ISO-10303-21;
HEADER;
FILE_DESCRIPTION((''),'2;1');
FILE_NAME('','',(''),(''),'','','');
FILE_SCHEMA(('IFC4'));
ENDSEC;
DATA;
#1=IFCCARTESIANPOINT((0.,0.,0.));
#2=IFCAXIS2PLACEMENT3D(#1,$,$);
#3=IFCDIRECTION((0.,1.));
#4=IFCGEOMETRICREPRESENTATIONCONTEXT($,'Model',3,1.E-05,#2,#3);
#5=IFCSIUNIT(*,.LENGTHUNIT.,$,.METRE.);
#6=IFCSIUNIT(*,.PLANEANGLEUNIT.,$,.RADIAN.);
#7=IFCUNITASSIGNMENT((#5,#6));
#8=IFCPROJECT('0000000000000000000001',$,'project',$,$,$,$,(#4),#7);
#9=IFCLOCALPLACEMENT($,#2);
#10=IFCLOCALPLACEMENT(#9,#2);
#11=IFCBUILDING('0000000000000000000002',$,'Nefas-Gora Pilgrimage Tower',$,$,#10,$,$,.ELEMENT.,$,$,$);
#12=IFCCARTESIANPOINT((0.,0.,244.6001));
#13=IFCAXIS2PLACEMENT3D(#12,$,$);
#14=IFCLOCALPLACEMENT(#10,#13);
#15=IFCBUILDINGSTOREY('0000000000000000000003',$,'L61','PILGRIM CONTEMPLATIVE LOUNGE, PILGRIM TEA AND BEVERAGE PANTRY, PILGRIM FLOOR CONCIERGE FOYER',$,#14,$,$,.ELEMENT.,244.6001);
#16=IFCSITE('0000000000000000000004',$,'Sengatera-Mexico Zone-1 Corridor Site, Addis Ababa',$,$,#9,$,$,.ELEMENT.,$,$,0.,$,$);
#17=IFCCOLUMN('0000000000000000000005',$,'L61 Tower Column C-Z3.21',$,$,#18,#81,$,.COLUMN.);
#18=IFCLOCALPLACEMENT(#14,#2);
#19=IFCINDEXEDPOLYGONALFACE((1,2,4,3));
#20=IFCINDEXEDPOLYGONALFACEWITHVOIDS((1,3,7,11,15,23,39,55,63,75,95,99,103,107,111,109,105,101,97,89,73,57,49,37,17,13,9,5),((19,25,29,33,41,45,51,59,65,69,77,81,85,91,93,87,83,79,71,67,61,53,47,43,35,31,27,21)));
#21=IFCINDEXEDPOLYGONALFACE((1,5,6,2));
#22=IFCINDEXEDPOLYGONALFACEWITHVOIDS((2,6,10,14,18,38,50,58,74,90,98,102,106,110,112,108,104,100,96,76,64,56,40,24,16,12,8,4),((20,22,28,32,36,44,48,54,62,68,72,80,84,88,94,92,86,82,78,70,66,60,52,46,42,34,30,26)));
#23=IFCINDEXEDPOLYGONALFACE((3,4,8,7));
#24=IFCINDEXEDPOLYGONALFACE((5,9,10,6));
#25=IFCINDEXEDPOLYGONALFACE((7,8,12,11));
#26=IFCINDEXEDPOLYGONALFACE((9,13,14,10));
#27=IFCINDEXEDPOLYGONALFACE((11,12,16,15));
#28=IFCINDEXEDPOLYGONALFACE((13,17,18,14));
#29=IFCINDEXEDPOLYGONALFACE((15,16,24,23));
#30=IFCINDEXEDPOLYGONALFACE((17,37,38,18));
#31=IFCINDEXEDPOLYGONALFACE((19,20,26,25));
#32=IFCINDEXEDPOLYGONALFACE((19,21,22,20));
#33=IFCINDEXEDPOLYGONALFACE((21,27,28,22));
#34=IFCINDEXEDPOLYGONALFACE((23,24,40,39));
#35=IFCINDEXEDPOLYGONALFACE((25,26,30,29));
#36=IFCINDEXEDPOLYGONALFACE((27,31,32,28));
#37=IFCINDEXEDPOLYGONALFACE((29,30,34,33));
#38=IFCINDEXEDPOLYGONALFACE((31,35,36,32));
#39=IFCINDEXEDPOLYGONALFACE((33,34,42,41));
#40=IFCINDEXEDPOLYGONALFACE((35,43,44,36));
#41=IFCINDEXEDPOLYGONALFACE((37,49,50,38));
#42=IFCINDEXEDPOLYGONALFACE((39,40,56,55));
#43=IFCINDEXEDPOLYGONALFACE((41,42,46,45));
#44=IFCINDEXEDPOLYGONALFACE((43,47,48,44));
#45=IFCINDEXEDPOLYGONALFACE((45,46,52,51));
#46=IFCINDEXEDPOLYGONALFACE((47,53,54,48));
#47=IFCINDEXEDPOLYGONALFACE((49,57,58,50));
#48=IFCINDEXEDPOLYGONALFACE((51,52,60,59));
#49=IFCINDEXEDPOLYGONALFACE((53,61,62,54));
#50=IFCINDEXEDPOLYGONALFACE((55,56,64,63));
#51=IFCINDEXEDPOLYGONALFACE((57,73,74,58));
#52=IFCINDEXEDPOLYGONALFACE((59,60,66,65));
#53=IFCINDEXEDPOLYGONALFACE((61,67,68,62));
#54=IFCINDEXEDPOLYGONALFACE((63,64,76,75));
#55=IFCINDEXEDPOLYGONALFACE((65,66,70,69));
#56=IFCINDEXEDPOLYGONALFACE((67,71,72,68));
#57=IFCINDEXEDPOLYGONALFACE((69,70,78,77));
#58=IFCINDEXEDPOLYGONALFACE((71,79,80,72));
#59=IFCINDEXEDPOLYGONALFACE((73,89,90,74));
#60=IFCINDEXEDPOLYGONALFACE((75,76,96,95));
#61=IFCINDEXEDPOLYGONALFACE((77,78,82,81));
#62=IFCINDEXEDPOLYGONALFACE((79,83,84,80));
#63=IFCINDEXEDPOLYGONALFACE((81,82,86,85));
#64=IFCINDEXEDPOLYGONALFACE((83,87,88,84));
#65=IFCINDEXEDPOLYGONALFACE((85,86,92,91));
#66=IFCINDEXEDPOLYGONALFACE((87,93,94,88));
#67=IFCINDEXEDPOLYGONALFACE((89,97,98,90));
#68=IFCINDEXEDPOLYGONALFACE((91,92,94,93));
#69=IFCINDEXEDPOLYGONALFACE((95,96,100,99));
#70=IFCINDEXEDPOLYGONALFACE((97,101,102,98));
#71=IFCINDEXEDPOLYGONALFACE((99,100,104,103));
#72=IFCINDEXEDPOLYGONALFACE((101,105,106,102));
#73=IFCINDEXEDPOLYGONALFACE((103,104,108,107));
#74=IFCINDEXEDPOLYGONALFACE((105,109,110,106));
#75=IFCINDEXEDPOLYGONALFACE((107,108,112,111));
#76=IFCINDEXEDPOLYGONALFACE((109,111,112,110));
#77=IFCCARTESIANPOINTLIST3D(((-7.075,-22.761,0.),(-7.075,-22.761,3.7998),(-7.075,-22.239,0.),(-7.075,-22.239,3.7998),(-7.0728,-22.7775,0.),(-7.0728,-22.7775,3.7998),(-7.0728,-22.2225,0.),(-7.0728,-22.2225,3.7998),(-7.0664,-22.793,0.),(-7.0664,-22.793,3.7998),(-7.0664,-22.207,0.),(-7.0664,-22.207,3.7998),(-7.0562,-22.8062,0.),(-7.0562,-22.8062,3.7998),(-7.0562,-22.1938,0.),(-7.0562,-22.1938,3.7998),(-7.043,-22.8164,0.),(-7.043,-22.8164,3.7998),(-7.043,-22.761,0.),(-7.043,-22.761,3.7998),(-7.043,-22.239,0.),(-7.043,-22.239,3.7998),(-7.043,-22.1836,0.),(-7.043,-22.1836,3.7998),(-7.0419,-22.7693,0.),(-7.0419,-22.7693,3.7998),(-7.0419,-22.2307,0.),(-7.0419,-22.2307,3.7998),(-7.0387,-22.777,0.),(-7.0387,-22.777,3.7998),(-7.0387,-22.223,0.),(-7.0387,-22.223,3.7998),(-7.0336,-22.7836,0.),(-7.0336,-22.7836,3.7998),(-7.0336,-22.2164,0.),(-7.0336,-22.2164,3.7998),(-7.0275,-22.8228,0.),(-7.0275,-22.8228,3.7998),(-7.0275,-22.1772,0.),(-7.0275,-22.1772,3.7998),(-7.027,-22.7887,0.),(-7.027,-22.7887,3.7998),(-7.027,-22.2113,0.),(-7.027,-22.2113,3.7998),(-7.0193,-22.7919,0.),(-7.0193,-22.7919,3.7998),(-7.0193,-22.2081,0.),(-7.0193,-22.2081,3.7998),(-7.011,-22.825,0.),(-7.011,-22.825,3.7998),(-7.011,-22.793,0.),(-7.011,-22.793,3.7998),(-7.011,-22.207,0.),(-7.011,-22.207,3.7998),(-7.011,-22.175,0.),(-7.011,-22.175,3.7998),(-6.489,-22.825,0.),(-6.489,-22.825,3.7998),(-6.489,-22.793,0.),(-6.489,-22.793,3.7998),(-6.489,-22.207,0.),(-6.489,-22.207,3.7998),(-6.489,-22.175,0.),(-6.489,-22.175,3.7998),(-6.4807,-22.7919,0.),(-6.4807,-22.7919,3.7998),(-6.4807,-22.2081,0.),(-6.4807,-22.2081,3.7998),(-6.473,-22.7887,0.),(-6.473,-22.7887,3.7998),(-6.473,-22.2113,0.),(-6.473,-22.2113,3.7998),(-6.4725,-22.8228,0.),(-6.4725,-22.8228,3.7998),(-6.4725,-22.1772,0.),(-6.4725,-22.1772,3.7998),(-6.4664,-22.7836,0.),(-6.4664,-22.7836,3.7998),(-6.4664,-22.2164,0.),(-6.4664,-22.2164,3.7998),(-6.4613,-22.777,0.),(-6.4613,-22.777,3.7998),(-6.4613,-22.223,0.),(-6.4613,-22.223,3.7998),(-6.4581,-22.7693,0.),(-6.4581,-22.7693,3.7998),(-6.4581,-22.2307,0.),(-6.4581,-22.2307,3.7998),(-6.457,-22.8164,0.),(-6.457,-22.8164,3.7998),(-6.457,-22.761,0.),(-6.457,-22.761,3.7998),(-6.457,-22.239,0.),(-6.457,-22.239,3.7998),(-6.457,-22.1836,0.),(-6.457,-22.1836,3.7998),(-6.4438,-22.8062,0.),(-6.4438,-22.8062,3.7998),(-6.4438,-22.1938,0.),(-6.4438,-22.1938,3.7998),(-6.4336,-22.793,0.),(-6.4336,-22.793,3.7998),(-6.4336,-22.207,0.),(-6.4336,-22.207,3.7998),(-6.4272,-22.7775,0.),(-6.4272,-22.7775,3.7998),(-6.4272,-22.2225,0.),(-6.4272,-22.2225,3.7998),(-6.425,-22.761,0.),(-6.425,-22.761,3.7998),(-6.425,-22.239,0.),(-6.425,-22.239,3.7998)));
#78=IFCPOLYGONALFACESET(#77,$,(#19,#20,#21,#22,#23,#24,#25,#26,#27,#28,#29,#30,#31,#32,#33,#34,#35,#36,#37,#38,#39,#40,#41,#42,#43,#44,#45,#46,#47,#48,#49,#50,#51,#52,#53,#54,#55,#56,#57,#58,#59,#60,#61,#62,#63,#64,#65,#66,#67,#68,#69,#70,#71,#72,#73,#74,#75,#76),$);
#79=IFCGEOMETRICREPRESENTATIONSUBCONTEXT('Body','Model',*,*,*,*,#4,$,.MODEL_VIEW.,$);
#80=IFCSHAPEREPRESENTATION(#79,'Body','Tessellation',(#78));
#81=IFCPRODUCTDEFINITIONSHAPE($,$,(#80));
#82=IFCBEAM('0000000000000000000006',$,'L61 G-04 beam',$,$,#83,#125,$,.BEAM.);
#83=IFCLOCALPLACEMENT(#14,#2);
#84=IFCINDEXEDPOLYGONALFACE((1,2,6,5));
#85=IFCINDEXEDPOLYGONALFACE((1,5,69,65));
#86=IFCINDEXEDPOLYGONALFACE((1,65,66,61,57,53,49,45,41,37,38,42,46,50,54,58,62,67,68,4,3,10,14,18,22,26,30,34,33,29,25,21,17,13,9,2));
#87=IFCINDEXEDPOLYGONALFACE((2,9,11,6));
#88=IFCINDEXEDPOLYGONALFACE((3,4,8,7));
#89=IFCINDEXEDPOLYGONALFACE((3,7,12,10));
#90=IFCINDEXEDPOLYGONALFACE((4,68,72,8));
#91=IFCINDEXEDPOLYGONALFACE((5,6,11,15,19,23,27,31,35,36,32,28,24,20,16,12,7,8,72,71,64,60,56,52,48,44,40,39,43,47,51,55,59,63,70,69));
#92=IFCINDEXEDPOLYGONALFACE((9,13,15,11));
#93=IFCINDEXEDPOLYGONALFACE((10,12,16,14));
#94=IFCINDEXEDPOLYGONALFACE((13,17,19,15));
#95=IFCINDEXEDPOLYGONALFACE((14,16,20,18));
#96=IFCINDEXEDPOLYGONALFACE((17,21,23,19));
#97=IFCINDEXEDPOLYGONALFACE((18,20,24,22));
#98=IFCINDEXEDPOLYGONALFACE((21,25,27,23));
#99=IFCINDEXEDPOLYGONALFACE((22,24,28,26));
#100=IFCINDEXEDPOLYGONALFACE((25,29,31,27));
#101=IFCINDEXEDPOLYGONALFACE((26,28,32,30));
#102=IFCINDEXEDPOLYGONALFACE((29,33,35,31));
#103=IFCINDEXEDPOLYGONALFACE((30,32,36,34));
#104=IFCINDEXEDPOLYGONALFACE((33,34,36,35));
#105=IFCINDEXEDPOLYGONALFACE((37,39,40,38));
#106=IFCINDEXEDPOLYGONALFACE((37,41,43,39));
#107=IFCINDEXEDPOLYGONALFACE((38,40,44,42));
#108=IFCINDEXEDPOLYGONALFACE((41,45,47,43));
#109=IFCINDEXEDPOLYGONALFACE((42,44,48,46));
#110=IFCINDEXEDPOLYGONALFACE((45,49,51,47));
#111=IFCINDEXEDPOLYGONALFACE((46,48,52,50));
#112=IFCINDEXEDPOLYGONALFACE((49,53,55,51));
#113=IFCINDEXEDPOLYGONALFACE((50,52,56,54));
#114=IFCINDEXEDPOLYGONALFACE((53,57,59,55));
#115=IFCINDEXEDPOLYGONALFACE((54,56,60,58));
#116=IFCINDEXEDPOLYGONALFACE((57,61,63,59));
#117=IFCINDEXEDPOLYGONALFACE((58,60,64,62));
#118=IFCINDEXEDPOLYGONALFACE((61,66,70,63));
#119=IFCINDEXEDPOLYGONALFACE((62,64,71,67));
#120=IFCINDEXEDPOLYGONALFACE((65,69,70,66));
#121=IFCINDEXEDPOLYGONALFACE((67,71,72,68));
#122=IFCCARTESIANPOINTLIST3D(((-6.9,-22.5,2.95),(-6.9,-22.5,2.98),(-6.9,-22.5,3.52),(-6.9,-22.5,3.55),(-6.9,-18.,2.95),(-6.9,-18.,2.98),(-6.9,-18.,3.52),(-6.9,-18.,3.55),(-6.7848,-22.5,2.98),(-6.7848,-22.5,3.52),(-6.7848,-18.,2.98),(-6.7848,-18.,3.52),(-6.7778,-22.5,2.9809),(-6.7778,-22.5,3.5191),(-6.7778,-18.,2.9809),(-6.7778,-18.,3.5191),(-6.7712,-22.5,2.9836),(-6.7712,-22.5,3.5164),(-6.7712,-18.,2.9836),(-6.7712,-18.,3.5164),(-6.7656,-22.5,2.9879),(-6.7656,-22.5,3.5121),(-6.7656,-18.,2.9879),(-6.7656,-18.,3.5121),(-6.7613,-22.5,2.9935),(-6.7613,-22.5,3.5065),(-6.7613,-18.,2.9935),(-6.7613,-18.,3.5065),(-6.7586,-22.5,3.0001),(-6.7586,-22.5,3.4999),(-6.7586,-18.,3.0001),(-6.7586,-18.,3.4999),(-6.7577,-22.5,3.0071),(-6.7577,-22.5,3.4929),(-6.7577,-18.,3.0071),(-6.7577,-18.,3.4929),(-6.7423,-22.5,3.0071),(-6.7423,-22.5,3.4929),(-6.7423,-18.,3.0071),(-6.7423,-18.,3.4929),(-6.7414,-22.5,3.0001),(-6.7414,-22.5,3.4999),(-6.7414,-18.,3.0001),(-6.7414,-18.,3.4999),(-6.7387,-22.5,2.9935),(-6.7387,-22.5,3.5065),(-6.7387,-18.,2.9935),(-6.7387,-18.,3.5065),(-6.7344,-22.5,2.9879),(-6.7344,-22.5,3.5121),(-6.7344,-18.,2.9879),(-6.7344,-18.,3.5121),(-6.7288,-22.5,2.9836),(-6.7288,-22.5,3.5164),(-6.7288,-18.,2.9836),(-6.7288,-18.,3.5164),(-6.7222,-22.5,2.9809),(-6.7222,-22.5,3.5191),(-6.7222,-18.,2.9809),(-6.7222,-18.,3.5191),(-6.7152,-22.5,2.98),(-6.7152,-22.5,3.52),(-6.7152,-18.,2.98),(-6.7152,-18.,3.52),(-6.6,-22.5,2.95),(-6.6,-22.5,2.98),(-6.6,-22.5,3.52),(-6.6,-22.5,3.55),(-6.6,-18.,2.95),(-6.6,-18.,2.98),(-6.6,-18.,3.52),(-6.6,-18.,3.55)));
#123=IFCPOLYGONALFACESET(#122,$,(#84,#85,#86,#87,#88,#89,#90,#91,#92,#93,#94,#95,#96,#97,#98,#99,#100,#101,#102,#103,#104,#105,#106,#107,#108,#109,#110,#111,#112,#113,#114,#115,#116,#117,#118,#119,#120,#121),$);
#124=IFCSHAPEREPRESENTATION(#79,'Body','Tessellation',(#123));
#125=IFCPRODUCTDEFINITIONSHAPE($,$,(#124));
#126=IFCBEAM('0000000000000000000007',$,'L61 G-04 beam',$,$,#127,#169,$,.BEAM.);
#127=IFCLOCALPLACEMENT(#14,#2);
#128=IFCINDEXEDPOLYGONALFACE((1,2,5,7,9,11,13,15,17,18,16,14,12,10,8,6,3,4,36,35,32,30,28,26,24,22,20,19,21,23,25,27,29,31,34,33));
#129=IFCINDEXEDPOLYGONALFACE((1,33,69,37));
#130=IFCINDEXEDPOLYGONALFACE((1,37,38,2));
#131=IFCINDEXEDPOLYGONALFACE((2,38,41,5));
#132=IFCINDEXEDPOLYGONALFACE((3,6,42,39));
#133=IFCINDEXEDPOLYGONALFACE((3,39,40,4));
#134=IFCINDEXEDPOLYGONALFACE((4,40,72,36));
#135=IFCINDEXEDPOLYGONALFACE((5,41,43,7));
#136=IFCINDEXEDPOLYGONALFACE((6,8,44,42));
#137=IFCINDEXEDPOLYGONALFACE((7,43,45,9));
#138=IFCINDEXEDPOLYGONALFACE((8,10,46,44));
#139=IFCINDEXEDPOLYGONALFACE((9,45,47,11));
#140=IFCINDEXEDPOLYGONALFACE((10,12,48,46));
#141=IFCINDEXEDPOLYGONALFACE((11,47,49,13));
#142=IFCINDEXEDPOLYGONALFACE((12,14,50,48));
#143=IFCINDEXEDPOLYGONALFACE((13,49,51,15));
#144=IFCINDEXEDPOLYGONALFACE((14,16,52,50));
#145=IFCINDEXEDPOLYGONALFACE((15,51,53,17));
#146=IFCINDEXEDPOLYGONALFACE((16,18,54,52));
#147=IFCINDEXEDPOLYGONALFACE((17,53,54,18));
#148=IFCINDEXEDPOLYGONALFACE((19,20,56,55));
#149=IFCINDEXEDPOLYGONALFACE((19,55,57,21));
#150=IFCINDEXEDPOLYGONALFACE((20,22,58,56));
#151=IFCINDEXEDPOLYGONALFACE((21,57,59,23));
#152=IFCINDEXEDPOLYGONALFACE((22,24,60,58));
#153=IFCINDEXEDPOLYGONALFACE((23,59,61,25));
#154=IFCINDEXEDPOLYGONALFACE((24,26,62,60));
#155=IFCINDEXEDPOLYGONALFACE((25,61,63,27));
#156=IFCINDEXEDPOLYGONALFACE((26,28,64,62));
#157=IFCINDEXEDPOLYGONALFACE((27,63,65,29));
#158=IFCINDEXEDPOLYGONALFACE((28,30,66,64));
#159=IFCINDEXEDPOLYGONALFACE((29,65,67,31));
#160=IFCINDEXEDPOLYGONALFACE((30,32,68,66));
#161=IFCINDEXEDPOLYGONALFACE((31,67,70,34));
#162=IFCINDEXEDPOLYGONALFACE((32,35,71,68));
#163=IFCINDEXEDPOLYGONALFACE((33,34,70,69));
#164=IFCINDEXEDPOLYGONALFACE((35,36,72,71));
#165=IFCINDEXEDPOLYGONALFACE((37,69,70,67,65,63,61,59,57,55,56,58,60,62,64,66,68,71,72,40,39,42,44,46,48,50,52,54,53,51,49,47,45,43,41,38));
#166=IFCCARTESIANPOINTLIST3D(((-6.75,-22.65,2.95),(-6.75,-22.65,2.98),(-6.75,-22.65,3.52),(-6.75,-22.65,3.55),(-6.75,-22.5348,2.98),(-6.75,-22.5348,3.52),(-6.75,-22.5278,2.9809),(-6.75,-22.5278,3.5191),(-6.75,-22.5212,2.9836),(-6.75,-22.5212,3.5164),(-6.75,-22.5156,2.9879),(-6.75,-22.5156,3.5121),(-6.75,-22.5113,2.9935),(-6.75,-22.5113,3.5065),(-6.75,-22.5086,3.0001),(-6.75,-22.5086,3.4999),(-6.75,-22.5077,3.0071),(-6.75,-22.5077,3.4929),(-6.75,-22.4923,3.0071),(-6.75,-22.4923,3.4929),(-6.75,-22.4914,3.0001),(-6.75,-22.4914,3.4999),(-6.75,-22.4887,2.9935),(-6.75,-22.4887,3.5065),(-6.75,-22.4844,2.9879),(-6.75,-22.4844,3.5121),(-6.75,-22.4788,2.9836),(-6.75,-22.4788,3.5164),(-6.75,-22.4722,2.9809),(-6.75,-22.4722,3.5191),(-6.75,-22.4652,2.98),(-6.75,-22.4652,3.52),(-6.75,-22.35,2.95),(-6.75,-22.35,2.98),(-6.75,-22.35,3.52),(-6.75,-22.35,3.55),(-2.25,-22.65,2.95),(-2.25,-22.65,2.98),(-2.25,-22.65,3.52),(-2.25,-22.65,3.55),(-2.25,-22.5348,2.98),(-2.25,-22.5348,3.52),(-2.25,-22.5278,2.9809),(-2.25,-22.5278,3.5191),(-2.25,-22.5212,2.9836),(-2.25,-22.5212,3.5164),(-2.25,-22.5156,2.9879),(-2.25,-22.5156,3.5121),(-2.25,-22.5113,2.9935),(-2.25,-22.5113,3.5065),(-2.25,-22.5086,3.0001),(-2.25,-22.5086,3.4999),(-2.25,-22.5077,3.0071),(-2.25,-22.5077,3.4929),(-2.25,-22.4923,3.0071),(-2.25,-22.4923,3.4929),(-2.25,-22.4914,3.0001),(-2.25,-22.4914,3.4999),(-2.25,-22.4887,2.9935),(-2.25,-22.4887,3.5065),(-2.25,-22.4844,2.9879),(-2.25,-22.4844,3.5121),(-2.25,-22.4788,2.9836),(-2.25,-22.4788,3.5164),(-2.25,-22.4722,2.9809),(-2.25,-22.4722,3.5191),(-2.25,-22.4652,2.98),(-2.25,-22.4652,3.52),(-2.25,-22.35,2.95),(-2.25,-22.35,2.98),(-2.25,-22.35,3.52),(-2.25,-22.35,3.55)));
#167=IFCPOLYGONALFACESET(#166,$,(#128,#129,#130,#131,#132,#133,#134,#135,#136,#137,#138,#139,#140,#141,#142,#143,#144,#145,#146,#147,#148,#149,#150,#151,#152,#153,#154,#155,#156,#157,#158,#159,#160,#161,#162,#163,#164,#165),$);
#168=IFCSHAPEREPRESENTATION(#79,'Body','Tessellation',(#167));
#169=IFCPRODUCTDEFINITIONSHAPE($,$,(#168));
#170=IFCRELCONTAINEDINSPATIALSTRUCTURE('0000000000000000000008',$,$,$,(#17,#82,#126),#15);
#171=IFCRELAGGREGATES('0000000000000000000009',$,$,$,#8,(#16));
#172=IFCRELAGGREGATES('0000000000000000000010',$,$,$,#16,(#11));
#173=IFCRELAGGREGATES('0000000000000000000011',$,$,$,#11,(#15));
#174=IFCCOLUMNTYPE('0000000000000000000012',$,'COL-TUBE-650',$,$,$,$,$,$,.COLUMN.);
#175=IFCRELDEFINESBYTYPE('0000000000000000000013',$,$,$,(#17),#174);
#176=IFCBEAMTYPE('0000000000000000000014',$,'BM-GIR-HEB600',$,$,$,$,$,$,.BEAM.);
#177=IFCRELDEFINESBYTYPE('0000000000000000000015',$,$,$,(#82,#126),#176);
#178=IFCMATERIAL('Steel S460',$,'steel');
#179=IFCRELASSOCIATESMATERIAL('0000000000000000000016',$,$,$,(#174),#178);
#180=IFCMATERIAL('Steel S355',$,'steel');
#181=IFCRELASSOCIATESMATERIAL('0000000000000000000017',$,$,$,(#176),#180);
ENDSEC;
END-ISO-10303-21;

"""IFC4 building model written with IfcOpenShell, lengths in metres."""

from ifc_helpers import new_model, si_unit, direction, frame, origin, origin_2d, place, context, subcontext, project, spatial, hollow_rectangle, i_section, extrude, source, transform, mapped, material, material_profile, profile_set, type_object, element, save


model = new_model("IFC4")

# Units and contexts
model_context = context("Model", 3, precision=1e-05, world=origin(), true_north=direction((0.0, 1.0)))
body_context = subcontext(model_context, "Body", "Model", "MODEL_VIEW")
ifc_project = project(units=[si_unit("LENGTHUNIT", "METRE"), si_unit("PLANEANGLEUNIT", "RADIAN")], contexts=[model_context])

# Site, building, storey
site_placement = place(None, origin())
site = spatial("IfcSite", under=ifc_project, at=site_placement, Name="Sengatera-Mexico Zone-1 Corridor Site, Addis Ababa", CompositionType="ELEMENT", RefElevation=0.0)
building_placement = place(site_placement, origin())
building = spatial("IfcBuilding", under=site, at=building_placement, Name="Nefas-Gora Pilgrimage Tower", CompositionType="ELEMENT")
storey_placement = place(building_placement, frame((0.0, 0.0, 244.6001)))
storey = spatial("IfcBuildingStorey", under=building, at=storey_placement, Name="L61", Description="PILGRIM CONTEMPLATIVE LOUNGE, PILGRIM TEA AND BEVERAGE PANTRY, PILGRIM FLOOR CONCIERGE FOYER", CompositionType="ELEMENT", Elevation=244.6001)

# Column
ifc_material_1 = material(Name="Steel S460", Category="steel")
ifc_material_profile_1 = material_profile(ifc_material_1, hollow_rectangle(XDim=0.6499, YDim=0.6499, WallThickness=0.032, InnerFilletRadius=0.032, OuterFilletRadius=0.064, at=origin_2d()), Name="BOX 650x650x32")
ifc_profile_set_1 = profile_set([ifc_material_profile_1], Name="Steel S460")
column_type_1 = type_object("IfcColumnType", Name="COL-TUBE-650", PredefinedType="COLUMN", material=ifc_profile_set_1)
shared_shape_1 = source(origin(), body_context, "Body", "SweptSolid", [
    extrude(hollow_rectangle(XDim=0.6499, YDim=0.6499, WallThickness=0.032, InnerFilletRadius=0.032, OuterFilletRadius=0.064, at=origin_2d()), origin(), (0.0, 0.0, 1.0), 3.7998),
])
column_placement = place(storey_placement, frame((-6.75, -22.5, 0.0), z_axis=(0.0, 0.0, 1.0), x_axis=(1.0, 0.0, 0.0)))
element("IfcColumn", 1, at=column_placement, inside=storey, type_object=column_type_1, Name="L61 Tower Column C-Z3.21", PredefinedType="COLUMN", context=body_context, shape_type="MappedRepresentation", body=[
    mapped(shared_shape_1, transform((0.0, 0.0, 0.0), x_axis=(1.0, 0.0, 0.0), y_axis=(0.0, 1.0, 0.0), z_axis=(0.0, 0.0, 1.0), scale=1.0)),
])

# Beams
ifc_material_2 = material(Name="Steel S355", Category="steel")
ifc_material_profile_2 = material_profile(ifc_material_2, i_section(OverallWidth=0.3, OverallDepth=0.6001, WebThickness=0.0154, FlangeThickness=0.03, FilletRadius=0.0271, at=origin_2d()), Name="HEB 600")
ifc_profile_set_2 = profile_set([ifc_material_profile_2], Name="Steel S355")
beam_type = type_object("IfcBeamType", Name="BM-GIR-HEB600", PredefinedType="BEAM", material=ifc_profile_set_2)
shared_shape_2 = source(origin(), body_context, "Body", "SweptSolid", [
    extrude(i_section(OverallWidth=0.3, OverallDepth=0.6001, WebThickness=0.0154, FlangeThickness=0.03, FilletRadius=0.0271, at=origin_2d()), origin(), (0.0, 0.0, 1.0), 4.5),
])
for number, where, z_axis, x_axis, name in (
    (2, (-6.75, -22.5, 3.25), (0.0, 1.0, 0.0), (-1.0, 0.0, 0.0), "L61 G-04 beam"),
    (3, (-6.75, -22.5, 3.25), (1.0, 0.0, 0.0), (0.0, 1.0, 0.0), "L61 G-04 beam"),
):
    element("IfcBeam", number, at=place(storey_placement, frame(where, z_axis=z_axis, x_axis=x_axis)), inside=storey, type_object=beam_type, Name=name, PredefinedType="BEAM", context=body_context, shape_type="MappedRepresentation", body=[
        mapped(shared_shape_2, transform((0.0, 0.0, 0.0), x_axis=(1.0, 0.0, 0.0), y_axis=(0.0, 1.0, 0.0), z_axis=(0.0, 0.0, 1.0), scale=1.0)),
    ])

save(model, "model.ifc")
